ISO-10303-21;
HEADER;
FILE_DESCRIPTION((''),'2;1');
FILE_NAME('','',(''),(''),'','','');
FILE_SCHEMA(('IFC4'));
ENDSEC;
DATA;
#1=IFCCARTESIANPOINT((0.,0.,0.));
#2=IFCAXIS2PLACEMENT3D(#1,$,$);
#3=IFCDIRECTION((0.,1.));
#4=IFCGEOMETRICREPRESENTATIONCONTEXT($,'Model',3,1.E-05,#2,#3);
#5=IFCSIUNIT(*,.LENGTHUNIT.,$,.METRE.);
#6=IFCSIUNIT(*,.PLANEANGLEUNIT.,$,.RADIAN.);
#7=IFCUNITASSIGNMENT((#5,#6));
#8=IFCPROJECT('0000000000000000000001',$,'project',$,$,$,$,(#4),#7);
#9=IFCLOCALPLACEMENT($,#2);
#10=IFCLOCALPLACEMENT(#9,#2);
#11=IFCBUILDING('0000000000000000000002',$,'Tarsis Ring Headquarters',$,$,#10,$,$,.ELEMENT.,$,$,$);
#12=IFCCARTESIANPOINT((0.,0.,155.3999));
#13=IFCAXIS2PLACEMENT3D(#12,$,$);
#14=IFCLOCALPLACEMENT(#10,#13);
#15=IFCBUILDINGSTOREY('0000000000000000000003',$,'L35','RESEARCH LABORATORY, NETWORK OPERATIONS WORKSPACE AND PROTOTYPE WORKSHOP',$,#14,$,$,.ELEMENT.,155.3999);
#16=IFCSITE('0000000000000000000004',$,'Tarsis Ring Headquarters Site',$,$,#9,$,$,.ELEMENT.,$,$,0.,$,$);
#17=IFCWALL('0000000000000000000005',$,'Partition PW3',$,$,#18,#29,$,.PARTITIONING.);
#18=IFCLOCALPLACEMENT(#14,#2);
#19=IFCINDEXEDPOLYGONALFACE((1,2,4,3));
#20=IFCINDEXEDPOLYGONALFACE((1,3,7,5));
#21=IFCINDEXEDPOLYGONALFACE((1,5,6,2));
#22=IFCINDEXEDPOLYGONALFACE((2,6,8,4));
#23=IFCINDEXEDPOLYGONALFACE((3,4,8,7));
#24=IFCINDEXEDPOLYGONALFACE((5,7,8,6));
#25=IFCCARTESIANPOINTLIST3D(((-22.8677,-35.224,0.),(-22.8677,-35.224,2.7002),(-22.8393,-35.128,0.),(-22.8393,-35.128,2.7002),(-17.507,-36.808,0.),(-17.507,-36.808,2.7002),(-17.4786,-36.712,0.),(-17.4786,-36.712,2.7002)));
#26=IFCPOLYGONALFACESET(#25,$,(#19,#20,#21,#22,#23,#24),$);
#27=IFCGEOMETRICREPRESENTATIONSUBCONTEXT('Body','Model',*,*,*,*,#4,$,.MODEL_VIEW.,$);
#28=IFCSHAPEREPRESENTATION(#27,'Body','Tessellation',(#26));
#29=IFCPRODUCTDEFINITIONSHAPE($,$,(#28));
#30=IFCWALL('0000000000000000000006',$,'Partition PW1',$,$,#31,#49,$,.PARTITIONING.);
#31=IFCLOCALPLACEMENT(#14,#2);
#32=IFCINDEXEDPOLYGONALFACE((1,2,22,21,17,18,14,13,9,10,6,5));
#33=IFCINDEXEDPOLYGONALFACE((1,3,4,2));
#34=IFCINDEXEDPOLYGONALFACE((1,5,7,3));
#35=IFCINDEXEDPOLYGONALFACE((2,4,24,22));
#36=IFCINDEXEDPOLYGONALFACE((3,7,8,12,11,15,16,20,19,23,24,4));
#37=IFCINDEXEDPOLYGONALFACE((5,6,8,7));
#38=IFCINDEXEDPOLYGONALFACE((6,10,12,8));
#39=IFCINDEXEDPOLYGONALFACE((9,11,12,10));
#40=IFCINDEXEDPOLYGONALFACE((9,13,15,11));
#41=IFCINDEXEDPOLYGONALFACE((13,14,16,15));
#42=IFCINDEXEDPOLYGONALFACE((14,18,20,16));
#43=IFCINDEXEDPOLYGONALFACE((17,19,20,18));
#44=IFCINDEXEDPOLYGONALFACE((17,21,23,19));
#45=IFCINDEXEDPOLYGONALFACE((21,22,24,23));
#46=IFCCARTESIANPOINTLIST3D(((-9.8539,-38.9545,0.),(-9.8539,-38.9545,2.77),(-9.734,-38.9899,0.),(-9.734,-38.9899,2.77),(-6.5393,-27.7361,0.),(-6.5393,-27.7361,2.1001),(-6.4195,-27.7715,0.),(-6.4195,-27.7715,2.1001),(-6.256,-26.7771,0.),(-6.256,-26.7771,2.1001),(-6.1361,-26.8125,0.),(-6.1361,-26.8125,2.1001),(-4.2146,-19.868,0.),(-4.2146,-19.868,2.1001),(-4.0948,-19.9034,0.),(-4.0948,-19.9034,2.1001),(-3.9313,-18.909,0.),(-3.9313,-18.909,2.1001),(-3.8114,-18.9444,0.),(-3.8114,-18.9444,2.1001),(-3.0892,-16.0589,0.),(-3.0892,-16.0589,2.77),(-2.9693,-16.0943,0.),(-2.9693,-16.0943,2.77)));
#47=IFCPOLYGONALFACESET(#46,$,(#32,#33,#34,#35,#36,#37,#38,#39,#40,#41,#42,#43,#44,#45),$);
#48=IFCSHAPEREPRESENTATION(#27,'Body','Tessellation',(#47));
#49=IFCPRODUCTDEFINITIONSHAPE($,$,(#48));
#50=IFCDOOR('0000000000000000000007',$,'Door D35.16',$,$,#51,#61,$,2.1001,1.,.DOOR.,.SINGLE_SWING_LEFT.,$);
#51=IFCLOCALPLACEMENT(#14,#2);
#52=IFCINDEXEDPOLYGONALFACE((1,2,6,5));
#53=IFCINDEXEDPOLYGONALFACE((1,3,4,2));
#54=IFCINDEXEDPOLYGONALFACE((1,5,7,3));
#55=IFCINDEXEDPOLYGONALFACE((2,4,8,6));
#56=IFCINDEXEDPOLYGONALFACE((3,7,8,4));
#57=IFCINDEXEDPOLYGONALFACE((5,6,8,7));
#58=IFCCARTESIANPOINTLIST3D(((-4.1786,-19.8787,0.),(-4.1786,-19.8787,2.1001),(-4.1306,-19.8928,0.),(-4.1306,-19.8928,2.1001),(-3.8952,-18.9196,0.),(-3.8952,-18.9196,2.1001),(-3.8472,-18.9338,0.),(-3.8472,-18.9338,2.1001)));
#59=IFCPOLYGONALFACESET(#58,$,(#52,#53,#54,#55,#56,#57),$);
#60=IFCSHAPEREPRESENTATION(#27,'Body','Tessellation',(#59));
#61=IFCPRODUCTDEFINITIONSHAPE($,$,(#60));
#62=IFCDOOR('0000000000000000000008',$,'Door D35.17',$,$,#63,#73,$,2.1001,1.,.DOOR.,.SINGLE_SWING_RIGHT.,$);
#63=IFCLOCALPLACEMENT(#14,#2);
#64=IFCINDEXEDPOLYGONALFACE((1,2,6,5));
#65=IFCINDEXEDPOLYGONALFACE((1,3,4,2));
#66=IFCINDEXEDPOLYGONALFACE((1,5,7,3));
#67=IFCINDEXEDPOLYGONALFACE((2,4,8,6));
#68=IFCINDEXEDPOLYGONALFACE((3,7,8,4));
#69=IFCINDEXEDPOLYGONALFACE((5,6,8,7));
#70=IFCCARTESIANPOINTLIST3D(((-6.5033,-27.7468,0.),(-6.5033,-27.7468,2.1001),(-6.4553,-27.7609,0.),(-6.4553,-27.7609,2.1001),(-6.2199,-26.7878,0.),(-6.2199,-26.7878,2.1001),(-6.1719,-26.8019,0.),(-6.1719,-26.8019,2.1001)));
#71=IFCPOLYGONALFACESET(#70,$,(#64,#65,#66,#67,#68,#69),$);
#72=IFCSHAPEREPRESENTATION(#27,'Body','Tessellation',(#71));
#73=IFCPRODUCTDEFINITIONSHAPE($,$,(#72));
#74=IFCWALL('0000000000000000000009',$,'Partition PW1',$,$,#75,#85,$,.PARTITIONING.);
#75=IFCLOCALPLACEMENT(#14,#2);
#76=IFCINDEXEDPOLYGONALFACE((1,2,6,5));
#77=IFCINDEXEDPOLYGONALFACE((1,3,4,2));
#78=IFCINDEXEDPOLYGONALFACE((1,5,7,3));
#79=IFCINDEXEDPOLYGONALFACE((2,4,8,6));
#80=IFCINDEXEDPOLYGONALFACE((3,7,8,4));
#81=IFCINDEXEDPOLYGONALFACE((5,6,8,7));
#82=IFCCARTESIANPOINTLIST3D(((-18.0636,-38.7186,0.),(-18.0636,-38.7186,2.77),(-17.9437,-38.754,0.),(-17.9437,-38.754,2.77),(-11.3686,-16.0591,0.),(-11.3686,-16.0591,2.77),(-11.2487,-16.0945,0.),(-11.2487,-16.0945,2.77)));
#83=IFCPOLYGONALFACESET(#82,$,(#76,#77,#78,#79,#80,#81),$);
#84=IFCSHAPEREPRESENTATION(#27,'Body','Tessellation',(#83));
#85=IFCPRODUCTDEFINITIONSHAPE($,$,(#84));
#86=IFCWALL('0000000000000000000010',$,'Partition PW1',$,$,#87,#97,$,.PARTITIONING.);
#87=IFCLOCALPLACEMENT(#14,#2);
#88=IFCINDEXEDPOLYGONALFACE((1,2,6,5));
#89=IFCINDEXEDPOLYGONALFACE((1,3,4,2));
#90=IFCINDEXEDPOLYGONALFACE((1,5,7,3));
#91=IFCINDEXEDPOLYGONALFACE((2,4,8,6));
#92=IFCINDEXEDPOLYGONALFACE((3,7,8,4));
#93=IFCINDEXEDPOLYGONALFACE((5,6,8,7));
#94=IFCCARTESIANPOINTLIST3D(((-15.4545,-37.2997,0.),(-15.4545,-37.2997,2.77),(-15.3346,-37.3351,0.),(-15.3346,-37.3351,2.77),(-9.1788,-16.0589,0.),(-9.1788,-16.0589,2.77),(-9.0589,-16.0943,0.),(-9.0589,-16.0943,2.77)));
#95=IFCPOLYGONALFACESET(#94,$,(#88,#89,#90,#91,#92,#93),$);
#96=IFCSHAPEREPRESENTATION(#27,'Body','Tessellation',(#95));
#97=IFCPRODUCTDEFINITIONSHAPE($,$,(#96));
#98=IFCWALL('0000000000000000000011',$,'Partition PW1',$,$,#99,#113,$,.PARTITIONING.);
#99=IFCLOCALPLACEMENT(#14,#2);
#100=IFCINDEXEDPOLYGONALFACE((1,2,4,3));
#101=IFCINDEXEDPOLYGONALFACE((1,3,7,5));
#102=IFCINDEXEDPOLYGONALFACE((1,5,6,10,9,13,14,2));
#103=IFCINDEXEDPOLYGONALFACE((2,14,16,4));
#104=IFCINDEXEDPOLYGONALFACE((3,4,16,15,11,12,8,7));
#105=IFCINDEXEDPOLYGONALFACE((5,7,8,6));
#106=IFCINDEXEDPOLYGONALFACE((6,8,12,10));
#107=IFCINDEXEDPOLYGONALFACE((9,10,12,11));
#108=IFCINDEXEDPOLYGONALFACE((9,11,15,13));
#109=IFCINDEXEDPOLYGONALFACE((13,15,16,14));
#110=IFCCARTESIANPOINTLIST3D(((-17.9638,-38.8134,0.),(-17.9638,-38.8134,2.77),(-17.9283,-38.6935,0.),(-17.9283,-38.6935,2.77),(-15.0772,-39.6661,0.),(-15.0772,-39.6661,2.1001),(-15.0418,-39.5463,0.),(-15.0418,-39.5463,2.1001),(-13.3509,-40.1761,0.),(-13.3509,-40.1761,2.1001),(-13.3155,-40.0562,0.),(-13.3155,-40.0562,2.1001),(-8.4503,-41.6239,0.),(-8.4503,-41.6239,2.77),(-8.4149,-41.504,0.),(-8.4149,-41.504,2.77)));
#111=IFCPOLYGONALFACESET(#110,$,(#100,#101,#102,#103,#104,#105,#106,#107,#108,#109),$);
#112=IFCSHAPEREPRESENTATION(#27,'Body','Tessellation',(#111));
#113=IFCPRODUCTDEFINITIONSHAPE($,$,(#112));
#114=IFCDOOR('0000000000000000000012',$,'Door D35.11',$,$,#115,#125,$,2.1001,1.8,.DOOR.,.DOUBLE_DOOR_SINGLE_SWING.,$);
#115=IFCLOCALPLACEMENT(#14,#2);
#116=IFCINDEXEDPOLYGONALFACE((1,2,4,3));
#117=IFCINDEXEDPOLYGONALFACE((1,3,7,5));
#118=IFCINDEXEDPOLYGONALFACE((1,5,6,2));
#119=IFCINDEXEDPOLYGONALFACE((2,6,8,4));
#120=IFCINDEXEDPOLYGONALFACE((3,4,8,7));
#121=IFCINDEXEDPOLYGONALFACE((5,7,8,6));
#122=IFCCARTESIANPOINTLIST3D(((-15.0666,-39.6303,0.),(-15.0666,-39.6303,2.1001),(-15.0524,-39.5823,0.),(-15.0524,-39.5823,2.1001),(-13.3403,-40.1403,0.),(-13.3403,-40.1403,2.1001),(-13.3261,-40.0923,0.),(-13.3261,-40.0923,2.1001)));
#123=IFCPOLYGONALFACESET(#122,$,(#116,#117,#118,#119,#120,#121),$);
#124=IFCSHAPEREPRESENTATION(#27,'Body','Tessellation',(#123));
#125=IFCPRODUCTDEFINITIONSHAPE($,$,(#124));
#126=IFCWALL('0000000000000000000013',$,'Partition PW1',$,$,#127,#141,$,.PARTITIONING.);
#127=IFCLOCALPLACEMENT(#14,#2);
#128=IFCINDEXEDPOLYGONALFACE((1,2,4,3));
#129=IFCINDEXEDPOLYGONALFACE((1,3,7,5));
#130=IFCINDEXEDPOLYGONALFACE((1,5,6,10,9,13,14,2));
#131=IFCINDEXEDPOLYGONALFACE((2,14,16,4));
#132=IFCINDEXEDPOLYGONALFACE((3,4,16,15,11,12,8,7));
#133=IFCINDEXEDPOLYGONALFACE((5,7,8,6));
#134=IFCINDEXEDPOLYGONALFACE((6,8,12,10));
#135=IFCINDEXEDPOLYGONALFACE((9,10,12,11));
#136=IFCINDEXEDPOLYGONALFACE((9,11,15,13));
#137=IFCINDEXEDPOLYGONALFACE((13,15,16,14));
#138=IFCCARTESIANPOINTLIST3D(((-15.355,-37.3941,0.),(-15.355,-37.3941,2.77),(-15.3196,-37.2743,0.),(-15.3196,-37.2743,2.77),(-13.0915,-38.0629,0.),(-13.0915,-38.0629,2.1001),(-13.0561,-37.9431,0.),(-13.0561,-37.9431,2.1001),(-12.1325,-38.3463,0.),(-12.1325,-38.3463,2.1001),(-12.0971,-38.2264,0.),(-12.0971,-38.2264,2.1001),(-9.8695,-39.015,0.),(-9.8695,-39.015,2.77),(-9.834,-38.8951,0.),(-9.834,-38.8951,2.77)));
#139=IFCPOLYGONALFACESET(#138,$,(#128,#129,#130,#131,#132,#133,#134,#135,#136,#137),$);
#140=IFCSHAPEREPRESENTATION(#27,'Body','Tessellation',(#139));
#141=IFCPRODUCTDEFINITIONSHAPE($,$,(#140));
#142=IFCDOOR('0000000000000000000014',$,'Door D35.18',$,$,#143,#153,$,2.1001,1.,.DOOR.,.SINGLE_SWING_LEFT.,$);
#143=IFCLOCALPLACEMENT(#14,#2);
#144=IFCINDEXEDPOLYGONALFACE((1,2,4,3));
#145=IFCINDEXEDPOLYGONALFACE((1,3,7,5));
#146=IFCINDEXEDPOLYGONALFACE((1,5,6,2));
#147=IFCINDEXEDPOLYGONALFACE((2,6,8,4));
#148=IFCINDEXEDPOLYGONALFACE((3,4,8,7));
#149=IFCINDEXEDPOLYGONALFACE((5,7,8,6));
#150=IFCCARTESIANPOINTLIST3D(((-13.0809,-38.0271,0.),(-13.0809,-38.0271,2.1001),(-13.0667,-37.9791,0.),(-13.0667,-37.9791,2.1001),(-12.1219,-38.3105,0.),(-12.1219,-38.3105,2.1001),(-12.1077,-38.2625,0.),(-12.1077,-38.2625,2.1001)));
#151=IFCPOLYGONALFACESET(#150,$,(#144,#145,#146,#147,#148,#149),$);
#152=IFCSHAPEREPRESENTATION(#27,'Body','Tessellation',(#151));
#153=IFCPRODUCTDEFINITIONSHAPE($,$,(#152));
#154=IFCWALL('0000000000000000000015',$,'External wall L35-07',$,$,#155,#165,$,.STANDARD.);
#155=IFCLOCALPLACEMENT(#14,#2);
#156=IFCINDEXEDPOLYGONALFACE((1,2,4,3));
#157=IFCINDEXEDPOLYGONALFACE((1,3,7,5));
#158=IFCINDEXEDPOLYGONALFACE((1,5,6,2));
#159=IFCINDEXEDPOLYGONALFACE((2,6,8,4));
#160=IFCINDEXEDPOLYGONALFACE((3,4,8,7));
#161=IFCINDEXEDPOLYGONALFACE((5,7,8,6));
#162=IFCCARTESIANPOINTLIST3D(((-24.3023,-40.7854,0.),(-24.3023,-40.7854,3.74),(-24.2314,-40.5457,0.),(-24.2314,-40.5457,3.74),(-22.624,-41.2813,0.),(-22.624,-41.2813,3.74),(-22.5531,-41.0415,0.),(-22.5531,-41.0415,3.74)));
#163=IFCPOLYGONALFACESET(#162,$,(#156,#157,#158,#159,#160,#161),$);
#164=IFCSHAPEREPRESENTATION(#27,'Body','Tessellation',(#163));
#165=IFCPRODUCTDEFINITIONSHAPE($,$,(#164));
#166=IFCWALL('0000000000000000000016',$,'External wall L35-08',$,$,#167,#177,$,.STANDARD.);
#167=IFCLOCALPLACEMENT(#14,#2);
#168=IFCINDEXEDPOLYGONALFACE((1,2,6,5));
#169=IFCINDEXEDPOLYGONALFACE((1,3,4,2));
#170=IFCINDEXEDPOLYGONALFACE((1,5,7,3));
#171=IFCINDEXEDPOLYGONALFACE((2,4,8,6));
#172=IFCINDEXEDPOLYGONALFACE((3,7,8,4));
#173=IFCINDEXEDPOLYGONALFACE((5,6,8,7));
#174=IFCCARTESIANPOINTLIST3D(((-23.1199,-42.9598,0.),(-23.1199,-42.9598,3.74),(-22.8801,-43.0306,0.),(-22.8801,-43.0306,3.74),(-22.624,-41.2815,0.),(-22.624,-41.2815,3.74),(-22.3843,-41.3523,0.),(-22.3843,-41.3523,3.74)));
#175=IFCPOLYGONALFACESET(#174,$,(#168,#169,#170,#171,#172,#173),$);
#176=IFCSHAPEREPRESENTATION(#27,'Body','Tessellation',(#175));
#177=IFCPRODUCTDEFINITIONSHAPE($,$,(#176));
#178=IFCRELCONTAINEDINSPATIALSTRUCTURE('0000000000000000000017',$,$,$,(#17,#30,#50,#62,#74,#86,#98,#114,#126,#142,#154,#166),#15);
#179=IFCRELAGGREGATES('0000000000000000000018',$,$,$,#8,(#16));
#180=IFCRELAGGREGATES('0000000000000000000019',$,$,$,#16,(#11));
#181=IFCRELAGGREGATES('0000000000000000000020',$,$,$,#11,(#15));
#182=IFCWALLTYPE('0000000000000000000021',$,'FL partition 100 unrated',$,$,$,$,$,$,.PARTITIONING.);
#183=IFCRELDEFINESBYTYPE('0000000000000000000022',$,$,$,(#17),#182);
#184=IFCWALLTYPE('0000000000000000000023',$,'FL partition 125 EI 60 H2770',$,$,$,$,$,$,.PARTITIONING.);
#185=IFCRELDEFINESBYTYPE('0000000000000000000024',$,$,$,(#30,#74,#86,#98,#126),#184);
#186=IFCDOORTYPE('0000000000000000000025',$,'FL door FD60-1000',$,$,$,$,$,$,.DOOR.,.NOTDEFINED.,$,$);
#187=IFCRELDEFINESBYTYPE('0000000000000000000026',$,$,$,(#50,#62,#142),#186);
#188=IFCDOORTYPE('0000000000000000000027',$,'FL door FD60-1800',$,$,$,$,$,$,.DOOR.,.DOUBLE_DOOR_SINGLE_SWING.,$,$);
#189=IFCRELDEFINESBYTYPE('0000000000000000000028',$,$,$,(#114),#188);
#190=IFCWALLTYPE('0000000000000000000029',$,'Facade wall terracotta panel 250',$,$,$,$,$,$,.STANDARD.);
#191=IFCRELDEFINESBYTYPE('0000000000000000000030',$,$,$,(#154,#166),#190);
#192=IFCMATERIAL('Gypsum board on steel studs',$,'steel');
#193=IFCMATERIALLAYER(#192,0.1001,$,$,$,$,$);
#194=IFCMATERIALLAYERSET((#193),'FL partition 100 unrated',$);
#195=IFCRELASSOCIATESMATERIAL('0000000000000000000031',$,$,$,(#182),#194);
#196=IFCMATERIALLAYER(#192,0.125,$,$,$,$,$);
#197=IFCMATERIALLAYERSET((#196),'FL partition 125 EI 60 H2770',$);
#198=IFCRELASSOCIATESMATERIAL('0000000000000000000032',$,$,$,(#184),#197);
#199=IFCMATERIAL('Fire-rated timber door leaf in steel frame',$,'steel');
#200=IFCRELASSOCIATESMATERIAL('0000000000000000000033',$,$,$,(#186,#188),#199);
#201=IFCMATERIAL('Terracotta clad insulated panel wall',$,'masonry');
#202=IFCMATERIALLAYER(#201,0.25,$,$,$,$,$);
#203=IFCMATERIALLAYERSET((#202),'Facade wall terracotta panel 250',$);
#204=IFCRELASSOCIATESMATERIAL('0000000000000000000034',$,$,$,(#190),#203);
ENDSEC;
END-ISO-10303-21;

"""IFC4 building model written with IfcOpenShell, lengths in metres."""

from ifc_helpers import new_model, si_unit, direction, frame, frame_2d, origin, place, context, subcontext, project, spatial, rectangle, extrude, material, layer, layer_set, type_object, element, fill, save


model = new_model("IFC4")

# Units and contexts
model_context = context("Model", 3, precision=1e-05, world=origin(), true_north=direction((0.0, 1.0)))
body_context = subcontext(model_context, "Body", "Model", "MODEL_VIEW")
ifc_project = project(units=[si_unit("LENGTHUNIT", "METRE"), si_unit("PLANEANGLEUNIT", "RADIAN")], contexts=[model_context])

# Site, building, storey
site_placement = place(None, origin())
site = spatial("IfcSite", under=ifc_project, at=site_placement, Name="Tarsis Ring Headquarters Site", CompositionType="ELEMENT", RefElevation=0.0)
building_placement = place(site_placement, origin())
building = spatial("IfcBuilding", under=site, at=building_placement, Name="Tarsis Ring Headquarters", CompositionType="ELEMENT")
storey_placement = place(building_placement, frame((0.0, 0.0, 155.3999)))
storey = spatial("IfcBuildingStorey", under=building, at=storey_placement, Name="L35", Description="RESEARCH LABORATORY, NETWORK OPERATIONS WORKSPACE AND PROTOTYPE WORKSHOP", CompositionType="ELEMENT", Elevation=155.3999)

# Wall
ifc_material_1 = material(Name="Gypsum board on steel studs", Category="steel")
ifc_layer_1 = layer(ifc_material_1, 0.1001)
ifc_layer_set_1 = layer_set([ifc_layer_1], Name="FL partition 100 unrated")
wall_type_1 = type_object("IfcWallType", Name="FL partition 100 unrated", PredefinedType="PARTITIONING", material=ifc_layer_set_1)
wall_1_placement = place(storey_placement, frame((-22.8535, -35.176, 0.0), z_axis=(0.0, 0.0, 1.0), x_axis=(0.959013, -0.283363, 0.0)))
element("IfcWall", 1, at=wall_1_placement, inside=storey, type_object=wall_type_1, Name="Partition PW3", PredefinedType="PARTITIONING", context=body_context, shape_type="SweptSolid", body=[
    extrude(rectangle(XDim=5.5898, YDim=0.1001, at=frame_2d((2.7949, 0.0))), origin(), (0.0, 0.0, 1.0), 2.7002),
])

# Wall, openings, doors
ifc_layer_2 = layer(ifc_material_1, 0.125)
ifc_layer_set_2 = layer_set([ifc_layer_2], Name="FL partition 125 EI 60 H2770")
wall_type_2 = type_object("IfcWallType", Name="FL partition 125 EI 60 H2770", PredefinedType="PARTITIONING", material=ifc_layer_set_2)
wall_2_placement = place(storey_placement, frame((-9.7939, -38.9722, 0.0), z_axis=(0.0, 0.0, 1.0), x_axis=(0.283349, 0.959017, 0.0)))
wall_2 = element("IfcWall", 2, at=wall_2_placement, inside=storey, type_object=wall_type_2, Name="Partition PW1", PredefinedType="PARTITIONING", context=body_context, shape_type="SweptSolid", body=[
    extrude(rectangle(XDim=23.874, YDim=0.125, at=frame_2d((11.937, 0.0))), origin(), (0.0, 0.0, 1.0), 2.77),
])
opening_1_placement = place(wall_2_placement, frame((19.9021, 0.0, 0.0)))
opening_1 = element("IfcOpeningElement", 3, at=opening_1_placement, cuts=wall_2, PredefinedType="OPENING", context=body_context, shape_type="SweptSolid", body=[
    extrude(rectangle(XDim=1.0, YDim=2.1001, at=frame_2d((0.5, 1.05))), frame((0.0, 0.0725, 0.0), z_axis=(0.0, -1.0, 0.0), x_axis=(1.0, 0.0, 0.0)), (0.0, 0.0, 1.0), 0.145),
])
opening_2_placement = place(wall_2_placement, frame((11.6978, 0.0, 0.0)))
opening_2 = element("IfcOpeningElement", 4, at=opening_2_placement, cuts=wall_2, PredefinedType="OPENING", context=body_context, shape_type="SweptSolid", body=[
    extrude(rectangle(XDim=1.0, YDim=2.1001, at=frame_2d((0.5, 1.05))), frame((0.0, 0.0725, 0.0), z_axis=(0.0, -1.0, 0.0), x_axis=(1.0, 0.0, 0.0)), (0.0, 0.0, 1.0), 0.145),
])
ifc_material_2 = material(Name="Fire-rated timber door leaf in steel frame", Category="steel")
door_type_1 = type_object("IfcDoorType", Name="FL door FD60-1000", OperationType="NOTDEFINED", PredefinedType="DOOR", material=ifc_material_2)
door_1_placement = place(opening_1_placement, origin())
door_1 = element("IfcDoor", 5, at=door_1_placement, inside=storey, type_object=door_type_1, Name="Door D35.16", OperationType="SINGLE_SWING_LEFT", OverallHeight=2.1001, OverallWidth=1.0, PredefinedType="DOOR", context=body_context, shape_type="SweptSolid", body=[
    extrude(rectangle(XDim=1.0, YDim=2.1001, at=frame_2d((0.5, 1.05))), frame((0.0, 0.0249, 0.0), z_axis=(0.0, -1.0, 0.0), x_axis=(1.0, 0.0, 0.0)), (0.0, 0.0, 1.0), 0.05),
])
fill(opening_1, door_1)
door_2_placement = place(opening_2_placement, origin())
door_2 = element("IfcDoor", 6, at=door_2_placement, inside=storey, type_object=door_type_1, Name="Door D35.17", OperationType="SINGLE_SWING_RIGHT", OverallHeight=2.1001, OverallWidth=1.0, PredefinedType="DOOR", context=body_context, shape_type="SweptSolid", body=[
    extrude(rectangle(XDim=1.0, YDim=2.1001, at=frame_2d((0.5, 1.05))), frame((0.0, 0.0249, 0.0), z_axis=(0.0, -1.0, 0.0), x_axis=(1.0, 0.0, 0.0)), (0.0, 0.0, 1.0), 0.05),
])
fill(opening_2, door_2)

# Walls
wall_3_placement = place(storey_placement, frame((-18.0037, -38.7363, 0.0), z_axis=(0.0, 0.0, 1.0), x_axis=(0.283353, 0.959016, 0.0)))
element("IfcWall", 7, at=wall_3_placement, inside=storey, type_object=wall_type_2, Name="Partition PW1", PredefinedType="PARTITIONING", context=body_context, shape_type="SweptSolid", body=[
    extrude(rectangle(XDim=23.6279, YDim=0.125, at=frame_2d((11.814, 0.0))), origin(), (0.0, 0.0, 1.0), 2.77),
])
wall_4_placement = place(storey_placement, frame((-15.3945, -37.3174, 0.0), z_axis=(0.0, 0.0, 1.0), x_axis=(0.283345, 0.959018, 0.0)))
element("IfcWall", 8, at=wall_4_placement, inside=storey, type_object=wall_type_2, Name="Partition PW1", PredefinedType="PARTITIONING", context=body_context, shape_type="SweptSolid", body=[
    extrude(rectangle(XDim=22.1484, YDim=0.125, at=frame_2d((11.0742, 0.0))), origin(), (0.0, 0.0, 1.0), 2.77),
])

# Walls, openings, doors
wall_5_placement = place(storey_placement, frame((-17.946, -38.7534, 0.0), z_axis=(0.0, 0.0, 1.0), x_axis=(0.959024, -0.283324, 0.0)))
wall_5 = element("IfcWall", 9, at=wall_5_placement, inside=storey, type_object=wall_type_2, Name="Partition PW1", PredefinedType="PARTITIONING", context=body_context, shape_type="SweptSolid", body=[
    extrude(rectangle(XDim=9.9199, YDim=0.125, at=frame_2d((4.96, 0.0))), origin(), (0.0, 0.0, 1.0), 2.77),
])
opening_3_placement = place(wall_5_placement, frame((3.01, 0.0, 0.0)))
opening_3 = element("IfcOpeningElement", 10, at=opening_3_placement, cuts=wall_5, PredefinedType="OPENING", context=body_context, shape_type="SweptSolid", body=[
    extrude(rectangle(XDim=1.8, YDim=2.1001, at=frame_2d((0.8999, 1.05))), frame((0.0, 0.0725, 0.0), z_axis=(0.0, -1.0, 0.0), x_axis=(1.0, 0.0, 0.0)), (0.0, 0.0, 1.0), 0.145),
])
door_type_2 = type_object("IfcDoorType", Name="FL door FD60-1800", OperationType="DOUBLE_DOOR_SINGLE_SWING", PredefinedType="DOOR", material=ifc_material_2)
door_3_placement = place(opening_3_placement, origin())
door_3 = element("IfcDoor", 11, at=door_3_placement, inside=storey, type_object=door_type_2, Name="Door D35.11", OperationType="DOUBLE_DOOR_SINGLE_SWING", OverallHeight=2.1001, OverallWidth=1.8, PredefinedType="DOOR", context=body_context, shape_type="SweptSolid", body=[
    extrude(rectangle(XDim=1.8, YDim=2.1001, at=frame_2d((0.8999, 1.05))), frame((0.0, 0.0249, 0.0), z_axis=(0.0, -1.0, 0.0), x_axis=(1.0, 0.0, 0.0)), (0.0, 0.0, 1.0), 0.05),
])
fill(opening_3, door_3)
wall_6_placement = place(storey_placement, frame((-15.3372, -37.3342, 0.0), z_axis=(0.0, 0.0, 1.0), x_axis=(0.959013, -0.283363, 0.0)))
wall_6 = element("IfcWall", 12, at=wall_6_placement, inside=storey, type_object=wall_type_2, Name="Partition PW1", PredefinedType="PARTITIONING", context=body_context, shape_type="SweptSolid", body=[
    extrude(rectangle(XDim=5.72, YDim=0.125, at=frame_2d((2.8599, 0.0))), origin(), (0.0, 0.0, 1.0), 2.77),
])
opening_4_placement = place(wall_6_placement, frame((2.3601, 0.0, 0.0)))
opening_4 = element("IfcOpeningElement", 13, at=opening_4_placement, cuts=wall_6, PredefinedType="OPENING", context=body_context, shape_type="SweptSolid", body=[
    extrude(rectangle(XDim=1.0, YDim=2.1001, at=frame_2d((0.5, 1.05))), frame((0.0, 0.0725, 0.0), z_axis=(0.0, -1.0, 0.0), x_axis=(1.0, 0.0, 0.0)), (0.0, 0.0, 1.0), 0.145),
])
door_4_placement = place(opening_4_placement, origin())
door_4 = element("IfcDoor", 14, at=door_4_placement, inside=storey, type_object=door_type_1, Name="Door D35.18", OperationType="SINGLE_SWING_LEFT", OverallHeight=2.1001, OverallWidth=1.0, PredefinedType="DOOR", context=body_context, shape_type="SweptSolid", body=[
    extrude(rectangle(XDim=1.0, YDim=2.1001, at=frame_2d((0.5, 1.05))), frame((0.0, 0.0249, 0.0), z_axis=(0.0, -1.0, 0.0), x_axis=(1.0, 0.0, 0.0)), (0.0, 0.0, 1.0), 0.05),
])
fill(opening_4, door_4)

# Walls
ifc_material_3 = material(Name="Terracotta clad insulated panel wall", Category="masonry")
ifc_layer_3 = layer(ifc_material_3, 0.25)
ifc_layer_set_3 = layer_set([ifc_layer_3], Name="Facade wall terracotta panel 250")
wall_type_3 = type_object("IfcWallType", Name="Facade wall terracotta panel 250", PredefinedType="STANDARD", material=ifc_layer_set_3)
for number, where, z_axis, x_axis, name in (
    (15, (-24.2668, -40.6655, 0.0), (0.0, 0.0, 1.0), (0.959016, -0.283352, 0.0), "External wall L35-07"),
    (16, (-22.5042, -41.3169, 0.0), (0.0, 0.0, 1.0), (-0.283352, -0.959016, 0.0), "External wall L35-08"),
):
    element("IfcWall", number, at=place(storey_placement, frame(where, z_axis=z_axis, x_axis=x_axis)), inside=storey, type_object=wall_type_3, Name=name, PredefinedType="STANDARD", context=body_context, shape_type="SweptSolid", body=[
        extrude(rectangle(XDim=1.75, YDim=0.25, at=frame_2d((0.875, 0.0))), origin(), (0.0, 0.0, 1.0), 3.74),
    ])

save(model, "model.ifc")
